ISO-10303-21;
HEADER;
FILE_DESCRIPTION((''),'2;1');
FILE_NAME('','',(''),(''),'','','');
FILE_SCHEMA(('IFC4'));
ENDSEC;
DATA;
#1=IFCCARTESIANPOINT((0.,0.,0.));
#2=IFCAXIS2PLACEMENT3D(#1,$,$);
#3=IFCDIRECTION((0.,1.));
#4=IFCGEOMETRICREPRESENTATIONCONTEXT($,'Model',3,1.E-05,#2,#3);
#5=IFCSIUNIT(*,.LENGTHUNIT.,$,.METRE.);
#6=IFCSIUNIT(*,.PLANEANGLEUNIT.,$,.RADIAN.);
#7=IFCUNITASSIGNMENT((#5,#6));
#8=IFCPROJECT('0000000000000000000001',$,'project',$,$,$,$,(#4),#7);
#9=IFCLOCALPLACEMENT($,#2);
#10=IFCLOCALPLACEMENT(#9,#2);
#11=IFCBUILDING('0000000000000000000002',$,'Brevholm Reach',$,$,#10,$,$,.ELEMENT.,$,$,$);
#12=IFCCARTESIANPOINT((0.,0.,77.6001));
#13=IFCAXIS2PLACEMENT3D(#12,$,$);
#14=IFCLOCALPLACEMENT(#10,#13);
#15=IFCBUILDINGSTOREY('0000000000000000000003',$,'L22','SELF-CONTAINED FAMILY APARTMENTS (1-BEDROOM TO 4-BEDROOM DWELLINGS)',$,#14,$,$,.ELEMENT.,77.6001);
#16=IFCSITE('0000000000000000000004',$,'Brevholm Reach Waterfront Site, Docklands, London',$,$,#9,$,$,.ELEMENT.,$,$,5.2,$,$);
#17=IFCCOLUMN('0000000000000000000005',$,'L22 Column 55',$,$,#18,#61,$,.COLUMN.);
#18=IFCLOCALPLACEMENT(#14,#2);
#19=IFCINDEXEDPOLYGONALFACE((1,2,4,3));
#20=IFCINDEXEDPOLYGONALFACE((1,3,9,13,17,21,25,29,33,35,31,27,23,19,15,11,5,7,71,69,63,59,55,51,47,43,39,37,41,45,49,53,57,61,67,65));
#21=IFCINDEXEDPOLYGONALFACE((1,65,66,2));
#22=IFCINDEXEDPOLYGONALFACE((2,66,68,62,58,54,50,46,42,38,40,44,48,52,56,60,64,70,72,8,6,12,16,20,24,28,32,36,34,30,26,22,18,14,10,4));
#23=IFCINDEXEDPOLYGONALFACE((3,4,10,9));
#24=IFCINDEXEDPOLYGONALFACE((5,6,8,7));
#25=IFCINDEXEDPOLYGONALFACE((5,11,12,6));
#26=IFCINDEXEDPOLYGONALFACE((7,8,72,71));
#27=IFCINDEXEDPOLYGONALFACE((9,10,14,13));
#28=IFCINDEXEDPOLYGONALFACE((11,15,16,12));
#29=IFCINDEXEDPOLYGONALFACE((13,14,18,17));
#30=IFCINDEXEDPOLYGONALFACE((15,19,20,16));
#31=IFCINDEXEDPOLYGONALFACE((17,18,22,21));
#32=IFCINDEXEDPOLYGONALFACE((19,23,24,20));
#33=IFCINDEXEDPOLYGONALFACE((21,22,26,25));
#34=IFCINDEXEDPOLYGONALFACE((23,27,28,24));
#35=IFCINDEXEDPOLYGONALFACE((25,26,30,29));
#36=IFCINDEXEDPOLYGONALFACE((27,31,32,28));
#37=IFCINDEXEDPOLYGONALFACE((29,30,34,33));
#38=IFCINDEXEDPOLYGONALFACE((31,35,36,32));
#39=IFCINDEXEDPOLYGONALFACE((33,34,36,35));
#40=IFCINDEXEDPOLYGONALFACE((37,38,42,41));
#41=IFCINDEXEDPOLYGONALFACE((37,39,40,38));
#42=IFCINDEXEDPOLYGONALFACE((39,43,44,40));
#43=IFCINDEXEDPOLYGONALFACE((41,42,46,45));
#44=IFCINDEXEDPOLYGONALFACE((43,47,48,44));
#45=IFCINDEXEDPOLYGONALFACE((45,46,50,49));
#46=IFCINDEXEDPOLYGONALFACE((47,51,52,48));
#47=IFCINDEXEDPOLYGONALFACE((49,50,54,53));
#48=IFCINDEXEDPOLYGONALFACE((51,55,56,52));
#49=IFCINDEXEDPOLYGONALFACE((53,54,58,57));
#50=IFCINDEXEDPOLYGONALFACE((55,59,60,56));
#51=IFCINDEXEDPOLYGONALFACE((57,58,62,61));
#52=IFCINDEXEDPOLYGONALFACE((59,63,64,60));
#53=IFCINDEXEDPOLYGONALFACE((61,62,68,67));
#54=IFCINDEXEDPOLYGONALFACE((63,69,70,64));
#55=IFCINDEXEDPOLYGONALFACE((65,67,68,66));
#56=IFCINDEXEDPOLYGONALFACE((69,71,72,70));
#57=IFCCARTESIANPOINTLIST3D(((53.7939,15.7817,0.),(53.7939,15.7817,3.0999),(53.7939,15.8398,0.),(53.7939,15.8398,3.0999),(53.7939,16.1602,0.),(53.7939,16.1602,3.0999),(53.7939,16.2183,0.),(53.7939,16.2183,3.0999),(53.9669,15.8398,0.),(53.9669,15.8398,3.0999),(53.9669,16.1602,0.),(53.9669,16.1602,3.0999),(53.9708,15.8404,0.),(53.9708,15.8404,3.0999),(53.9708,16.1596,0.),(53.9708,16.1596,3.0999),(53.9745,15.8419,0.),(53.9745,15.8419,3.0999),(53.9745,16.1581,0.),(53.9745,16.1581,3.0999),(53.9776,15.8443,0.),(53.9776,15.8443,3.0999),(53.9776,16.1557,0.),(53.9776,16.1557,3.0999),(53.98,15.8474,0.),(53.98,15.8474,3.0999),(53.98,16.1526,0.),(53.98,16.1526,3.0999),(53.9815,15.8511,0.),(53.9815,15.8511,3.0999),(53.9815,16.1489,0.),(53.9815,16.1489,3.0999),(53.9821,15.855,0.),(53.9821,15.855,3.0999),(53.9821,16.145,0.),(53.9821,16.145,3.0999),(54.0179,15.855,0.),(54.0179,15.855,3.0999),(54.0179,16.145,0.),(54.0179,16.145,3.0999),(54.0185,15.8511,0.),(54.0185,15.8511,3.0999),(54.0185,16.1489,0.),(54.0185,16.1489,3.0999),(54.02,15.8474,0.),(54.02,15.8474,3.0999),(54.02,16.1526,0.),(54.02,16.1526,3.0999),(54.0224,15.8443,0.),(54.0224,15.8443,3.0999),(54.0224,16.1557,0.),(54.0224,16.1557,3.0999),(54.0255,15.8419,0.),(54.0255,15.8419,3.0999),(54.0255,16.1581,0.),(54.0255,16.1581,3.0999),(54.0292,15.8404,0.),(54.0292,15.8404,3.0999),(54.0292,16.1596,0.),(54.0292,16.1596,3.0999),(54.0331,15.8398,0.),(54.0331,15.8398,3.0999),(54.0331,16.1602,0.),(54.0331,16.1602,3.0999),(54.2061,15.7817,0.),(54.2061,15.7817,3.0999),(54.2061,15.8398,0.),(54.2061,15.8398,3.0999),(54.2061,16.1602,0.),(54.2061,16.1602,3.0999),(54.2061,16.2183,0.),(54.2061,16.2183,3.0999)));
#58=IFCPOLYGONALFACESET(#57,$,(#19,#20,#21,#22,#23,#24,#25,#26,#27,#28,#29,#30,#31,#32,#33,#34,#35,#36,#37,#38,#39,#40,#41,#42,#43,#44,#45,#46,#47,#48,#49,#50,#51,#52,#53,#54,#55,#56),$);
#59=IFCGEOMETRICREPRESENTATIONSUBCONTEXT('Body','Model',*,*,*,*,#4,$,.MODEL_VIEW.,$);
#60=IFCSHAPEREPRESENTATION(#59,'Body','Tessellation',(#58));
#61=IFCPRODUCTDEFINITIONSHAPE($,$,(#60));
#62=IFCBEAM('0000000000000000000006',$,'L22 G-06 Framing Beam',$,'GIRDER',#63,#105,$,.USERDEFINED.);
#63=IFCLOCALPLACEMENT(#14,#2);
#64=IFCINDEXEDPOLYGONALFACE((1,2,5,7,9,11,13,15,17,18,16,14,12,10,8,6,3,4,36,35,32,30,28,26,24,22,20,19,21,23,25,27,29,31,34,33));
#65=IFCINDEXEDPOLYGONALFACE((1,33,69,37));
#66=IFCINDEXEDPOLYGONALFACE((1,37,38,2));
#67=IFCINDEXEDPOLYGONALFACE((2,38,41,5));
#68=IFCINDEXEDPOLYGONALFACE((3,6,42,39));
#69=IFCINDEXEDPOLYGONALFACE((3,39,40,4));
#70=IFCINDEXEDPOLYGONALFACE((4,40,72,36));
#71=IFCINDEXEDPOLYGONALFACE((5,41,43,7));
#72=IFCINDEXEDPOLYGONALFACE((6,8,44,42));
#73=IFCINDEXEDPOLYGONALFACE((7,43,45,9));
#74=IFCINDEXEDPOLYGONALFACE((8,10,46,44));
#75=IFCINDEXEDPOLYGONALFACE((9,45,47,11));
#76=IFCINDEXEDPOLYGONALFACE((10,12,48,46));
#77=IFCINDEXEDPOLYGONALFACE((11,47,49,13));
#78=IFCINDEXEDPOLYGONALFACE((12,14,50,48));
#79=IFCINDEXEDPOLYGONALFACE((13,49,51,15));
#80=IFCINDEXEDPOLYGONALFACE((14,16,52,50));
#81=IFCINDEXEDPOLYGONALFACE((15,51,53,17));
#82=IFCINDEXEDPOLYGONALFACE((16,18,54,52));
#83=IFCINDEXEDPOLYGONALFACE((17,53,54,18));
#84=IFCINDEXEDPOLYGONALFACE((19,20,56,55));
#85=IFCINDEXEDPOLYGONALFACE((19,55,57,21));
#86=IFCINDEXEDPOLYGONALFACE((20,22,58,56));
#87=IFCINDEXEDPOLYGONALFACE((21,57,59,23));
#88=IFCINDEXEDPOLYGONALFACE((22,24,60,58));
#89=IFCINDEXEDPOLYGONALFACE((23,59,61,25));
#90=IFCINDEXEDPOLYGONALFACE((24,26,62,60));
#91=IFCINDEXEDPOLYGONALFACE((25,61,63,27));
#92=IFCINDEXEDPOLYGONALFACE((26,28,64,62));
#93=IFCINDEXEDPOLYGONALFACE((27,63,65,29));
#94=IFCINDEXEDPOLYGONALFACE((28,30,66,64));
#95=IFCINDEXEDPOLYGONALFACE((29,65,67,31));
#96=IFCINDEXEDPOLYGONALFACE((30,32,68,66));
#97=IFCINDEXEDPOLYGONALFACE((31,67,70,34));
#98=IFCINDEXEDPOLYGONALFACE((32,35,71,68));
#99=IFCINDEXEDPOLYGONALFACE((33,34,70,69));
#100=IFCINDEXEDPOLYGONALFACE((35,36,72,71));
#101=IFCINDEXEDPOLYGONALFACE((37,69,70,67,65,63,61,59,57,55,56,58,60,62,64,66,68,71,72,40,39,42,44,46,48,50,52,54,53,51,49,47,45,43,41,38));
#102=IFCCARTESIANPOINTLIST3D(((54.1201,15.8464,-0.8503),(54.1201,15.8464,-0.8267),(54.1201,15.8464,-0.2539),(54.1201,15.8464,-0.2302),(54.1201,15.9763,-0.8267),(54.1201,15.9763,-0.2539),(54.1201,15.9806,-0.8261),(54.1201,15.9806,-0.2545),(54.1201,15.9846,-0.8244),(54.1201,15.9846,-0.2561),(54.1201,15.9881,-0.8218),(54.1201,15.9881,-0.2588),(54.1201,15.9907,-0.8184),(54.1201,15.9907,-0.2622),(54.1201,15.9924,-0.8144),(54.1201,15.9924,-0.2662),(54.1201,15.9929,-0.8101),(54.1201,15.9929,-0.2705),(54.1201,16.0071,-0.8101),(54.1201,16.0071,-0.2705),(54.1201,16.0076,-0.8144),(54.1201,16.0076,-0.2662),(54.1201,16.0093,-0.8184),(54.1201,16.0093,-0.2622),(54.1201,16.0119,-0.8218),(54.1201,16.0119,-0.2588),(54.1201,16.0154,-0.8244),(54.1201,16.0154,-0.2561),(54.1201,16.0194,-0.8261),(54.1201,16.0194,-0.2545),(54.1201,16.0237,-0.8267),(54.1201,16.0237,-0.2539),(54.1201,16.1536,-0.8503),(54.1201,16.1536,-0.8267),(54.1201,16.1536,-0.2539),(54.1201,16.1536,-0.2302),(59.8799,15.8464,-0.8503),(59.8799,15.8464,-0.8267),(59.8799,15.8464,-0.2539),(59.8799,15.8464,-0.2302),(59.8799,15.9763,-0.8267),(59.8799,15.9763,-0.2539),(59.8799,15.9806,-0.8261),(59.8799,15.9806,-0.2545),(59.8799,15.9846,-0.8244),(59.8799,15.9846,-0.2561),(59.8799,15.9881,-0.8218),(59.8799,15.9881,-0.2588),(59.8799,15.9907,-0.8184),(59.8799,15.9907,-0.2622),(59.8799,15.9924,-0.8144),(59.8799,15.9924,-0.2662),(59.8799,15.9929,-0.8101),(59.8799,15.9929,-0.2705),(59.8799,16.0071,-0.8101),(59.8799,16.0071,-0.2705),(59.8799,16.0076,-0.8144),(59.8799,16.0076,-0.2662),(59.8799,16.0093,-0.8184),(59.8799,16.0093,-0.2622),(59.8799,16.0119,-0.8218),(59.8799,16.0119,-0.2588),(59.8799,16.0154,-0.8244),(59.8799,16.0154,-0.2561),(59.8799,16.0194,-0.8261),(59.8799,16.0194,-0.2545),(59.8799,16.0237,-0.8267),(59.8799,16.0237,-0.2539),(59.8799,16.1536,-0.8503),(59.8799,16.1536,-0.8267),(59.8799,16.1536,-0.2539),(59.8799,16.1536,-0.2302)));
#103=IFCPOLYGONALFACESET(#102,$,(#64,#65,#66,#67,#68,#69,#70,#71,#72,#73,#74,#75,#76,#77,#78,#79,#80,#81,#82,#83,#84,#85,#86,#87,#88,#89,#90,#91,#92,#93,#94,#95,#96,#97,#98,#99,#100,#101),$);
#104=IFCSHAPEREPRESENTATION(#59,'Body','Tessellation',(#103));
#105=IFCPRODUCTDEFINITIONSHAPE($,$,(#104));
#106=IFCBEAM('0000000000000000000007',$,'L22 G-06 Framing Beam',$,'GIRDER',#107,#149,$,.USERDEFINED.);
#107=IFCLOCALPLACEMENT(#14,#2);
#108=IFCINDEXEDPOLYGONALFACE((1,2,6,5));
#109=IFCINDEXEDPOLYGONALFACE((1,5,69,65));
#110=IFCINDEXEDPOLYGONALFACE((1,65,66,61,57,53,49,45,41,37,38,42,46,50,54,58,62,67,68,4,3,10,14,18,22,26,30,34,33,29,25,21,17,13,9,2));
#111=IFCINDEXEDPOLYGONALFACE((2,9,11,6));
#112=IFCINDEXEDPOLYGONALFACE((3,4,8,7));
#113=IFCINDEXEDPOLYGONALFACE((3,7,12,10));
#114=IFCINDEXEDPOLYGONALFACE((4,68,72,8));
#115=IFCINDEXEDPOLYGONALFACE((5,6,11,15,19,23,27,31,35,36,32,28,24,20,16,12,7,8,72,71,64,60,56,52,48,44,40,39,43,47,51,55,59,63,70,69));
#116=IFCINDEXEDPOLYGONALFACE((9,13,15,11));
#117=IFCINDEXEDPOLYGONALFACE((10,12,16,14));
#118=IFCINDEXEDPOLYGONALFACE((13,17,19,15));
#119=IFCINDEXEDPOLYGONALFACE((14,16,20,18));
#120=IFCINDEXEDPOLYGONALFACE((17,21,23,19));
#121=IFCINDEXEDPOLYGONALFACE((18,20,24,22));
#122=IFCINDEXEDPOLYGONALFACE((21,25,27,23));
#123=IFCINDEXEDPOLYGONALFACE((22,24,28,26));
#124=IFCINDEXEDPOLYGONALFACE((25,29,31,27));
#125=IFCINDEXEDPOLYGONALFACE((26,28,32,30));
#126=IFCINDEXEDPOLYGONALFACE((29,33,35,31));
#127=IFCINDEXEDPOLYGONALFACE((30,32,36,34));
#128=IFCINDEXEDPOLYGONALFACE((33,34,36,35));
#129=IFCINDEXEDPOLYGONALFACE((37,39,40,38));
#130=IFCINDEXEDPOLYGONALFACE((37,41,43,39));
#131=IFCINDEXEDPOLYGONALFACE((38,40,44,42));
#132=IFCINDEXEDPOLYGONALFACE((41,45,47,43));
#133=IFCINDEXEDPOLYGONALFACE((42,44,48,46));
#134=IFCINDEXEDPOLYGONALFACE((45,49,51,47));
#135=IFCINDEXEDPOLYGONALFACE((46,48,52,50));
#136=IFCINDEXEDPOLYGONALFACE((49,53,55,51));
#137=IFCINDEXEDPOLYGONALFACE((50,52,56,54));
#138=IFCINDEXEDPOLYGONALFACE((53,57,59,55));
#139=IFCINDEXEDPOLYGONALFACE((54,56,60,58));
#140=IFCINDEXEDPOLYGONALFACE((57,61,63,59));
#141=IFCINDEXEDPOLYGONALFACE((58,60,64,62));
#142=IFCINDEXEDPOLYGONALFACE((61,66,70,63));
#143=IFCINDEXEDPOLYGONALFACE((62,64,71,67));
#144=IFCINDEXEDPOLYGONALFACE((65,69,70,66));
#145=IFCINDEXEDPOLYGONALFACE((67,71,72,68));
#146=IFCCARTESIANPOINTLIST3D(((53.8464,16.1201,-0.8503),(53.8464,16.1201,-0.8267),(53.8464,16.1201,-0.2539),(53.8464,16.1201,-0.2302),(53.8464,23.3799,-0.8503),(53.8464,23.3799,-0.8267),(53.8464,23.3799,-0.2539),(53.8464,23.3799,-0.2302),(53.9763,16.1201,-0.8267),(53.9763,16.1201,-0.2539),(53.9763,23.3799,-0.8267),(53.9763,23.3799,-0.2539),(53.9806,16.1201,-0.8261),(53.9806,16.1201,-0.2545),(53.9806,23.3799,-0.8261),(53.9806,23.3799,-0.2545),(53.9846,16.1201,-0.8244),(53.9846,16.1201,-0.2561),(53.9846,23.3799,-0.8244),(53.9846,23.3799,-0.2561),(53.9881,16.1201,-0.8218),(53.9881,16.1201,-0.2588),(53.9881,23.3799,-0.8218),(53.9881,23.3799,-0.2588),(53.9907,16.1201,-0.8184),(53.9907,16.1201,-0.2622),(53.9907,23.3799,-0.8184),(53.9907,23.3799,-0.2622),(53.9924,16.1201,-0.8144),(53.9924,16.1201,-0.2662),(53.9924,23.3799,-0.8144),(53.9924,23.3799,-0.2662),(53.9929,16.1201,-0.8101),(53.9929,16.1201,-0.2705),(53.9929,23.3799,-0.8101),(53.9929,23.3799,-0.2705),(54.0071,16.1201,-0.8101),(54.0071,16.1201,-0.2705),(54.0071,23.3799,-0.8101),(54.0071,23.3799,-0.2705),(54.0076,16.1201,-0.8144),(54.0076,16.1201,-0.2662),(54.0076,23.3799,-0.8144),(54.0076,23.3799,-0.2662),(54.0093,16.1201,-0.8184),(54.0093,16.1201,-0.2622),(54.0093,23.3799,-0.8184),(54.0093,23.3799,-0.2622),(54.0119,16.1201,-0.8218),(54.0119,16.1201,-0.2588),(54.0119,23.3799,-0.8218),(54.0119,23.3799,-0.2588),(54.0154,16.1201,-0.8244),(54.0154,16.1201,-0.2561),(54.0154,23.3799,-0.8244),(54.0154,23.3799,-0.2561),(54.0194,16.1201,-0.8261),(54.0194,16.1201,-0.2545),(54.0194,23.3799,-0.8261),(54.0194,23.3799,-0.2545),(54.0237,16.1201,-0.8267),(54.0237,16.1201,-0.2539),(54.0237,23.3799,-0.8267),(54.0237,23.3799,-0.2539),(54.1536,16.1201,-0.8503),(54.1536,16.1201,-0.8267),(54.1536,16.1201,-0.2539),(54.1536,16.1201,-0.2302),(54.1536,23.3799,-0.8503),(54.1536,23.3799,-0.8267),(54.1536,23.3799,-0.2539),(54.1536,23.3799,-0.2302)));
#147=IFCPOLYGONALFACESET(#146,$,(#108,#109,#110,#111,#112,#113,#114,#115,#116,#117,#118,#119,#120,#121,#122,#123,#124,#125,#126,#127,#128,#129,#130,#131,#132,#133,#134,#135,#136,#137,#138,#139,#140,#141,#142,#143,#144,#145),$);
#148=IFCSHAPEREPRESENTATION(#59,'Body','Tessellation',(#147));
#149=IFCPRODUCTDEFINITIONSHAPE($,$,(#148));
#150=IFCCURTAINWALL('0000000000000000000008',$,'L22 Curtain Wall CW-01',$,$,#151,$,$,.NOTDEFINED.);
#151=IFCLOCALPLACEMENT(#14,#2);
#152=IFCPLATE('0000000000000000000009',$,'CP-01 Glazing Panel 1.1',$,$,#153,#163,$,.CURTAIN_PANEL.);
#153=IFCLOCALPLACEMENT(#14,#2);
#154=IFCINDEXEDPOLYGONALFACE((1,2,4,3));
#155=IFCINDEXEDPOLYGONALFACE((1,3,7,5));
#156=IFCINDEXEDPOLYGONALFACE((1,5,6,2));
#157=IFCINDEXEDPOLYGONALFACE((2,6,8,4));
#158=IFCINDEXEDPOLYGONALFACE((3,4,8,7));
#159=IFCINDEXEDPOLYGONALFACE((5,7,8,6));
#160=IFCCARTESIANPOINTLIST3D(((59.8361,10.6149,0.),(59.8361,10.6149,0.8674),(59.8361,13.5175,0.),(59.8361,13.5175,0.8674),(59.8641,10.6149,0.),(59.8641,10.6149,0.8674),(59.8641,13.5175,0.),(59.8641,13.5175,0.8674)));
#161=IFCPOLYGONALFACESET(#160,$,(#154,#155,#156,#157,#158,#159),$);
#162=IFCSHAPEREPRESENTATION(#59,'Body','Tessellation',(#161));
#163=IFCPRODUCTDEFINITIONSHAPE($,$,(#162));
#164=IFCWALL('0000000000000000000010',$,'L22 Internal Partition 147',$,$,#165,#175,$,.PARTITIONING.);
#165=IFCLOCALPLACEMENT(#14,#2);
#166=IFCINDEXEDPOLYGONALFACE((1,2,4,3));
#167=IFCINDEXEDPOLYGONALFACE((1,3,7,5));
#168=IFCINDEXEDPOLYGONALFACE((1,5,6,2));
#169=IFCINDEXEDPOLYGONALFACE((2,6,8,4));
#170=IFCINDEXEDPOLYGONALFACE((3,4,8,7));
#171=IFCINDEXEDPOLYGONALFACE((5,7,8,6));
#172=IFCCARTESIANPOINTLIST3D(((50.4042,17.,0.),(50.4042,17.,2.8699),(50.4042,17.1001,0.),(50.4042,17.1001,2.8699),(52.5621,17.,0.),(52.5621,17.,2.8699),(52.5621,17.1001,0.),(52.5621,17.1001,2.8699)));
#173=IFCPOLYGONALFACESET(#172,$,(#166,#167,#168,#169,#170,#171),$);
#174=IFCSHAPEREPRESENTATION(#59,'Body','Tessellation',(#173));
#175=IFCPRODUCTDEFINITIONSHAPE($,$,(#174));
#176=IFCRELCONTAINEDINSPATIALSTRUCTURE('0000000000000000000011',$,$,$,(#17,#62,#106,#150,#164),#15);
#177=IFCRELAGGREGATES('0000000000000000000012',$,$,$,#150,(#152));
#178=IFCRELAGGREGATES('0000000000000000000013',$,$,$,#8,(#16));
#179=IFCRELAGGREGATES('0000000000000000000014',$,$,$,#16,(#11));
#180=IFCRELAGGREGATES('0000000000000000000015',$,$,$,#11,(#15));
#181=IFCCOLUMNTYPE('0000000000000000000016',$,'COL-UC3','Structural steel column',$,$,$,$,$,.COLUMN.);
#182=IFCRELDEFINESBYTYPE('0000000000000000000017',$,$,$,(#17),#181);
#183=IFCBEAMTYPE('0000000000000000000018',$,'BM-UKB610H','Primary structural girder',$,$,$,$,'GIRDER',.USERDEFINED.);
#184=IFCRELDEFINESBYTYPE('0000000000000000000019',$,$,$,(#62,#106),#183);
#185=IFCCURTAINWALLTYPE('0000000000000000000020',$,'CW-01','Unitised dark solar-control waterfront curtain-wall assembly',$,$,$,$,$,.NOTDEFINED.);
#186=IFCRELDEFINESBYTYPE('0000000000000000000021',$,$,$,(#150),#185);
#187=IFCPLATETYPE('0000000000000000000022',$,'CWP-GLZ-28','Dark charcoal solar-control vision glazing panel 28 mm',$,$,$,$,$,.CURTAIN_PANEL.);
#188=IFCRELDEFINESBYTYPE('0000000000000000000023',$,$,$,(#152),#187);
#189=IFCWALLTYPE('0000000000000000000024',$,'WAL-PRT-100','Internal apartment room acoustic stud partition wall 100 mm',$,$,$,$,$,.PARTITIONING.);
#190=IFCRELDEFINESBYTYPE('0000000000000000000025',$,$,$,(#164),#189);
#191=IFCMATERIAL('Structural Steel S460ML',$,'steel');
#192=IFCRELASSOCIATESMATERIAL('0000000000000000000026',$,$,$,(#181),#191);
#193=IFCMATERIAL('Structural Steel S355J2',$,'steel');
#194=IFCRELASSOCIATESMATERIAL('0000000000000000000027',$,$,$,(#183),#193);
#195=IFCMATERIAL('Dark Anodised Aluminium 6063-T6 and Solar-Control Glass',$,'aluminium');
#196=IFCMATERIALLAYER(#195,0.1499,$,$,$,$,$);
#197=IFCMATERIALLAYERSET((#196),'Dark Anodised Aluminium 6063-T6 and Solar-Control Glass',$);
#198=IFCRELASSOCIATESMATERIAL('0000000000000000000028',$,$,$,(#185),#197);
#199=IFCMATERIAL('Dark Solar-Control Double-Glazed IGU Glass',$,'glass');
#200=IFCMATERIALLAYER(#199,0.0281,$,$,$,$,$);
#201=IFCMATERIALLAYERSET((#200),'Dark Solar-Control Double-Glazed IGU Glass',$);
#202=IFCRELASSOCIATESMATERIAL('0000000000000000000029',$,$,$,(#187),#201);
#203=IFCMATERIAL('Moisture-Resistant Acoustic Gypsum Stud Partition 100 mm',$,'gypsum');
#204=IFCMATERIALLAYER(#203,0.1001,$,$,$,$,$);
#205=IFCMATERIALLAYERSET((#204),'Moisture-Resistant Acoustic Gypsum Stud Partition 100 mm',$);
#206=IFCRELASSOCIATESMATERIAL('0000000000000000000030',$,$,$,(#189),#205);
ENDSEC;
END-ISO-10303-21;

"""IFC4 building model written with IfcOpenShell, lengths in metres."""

from ifc_helpers import new_model, si_unit, direction, frame, frame_2d, origin, origin_2d, place, context, subcontext, project, spatial, rectangle, i_section, extrude, material, layer, layer_set, material_profile, profile_set, type_object, element, aggregate, save


model = new_model("IFC4")

# Units and contexts
model_context = context("Model", 3, precision=1e-05, world=origin(), true_north=direction((0.0, 1.0)))
body_context = subcontext(model_context, "Body", "Model", "MODEL_VIEW")
ifc_project = project(units=[si_unit("LENGTHUNIT", "METRE"), si_unit("PLANEANGLEUNIT", "RADIAN")], contexts=[model_context])

# Site, building, storey
site_placement = place(None, origin())
site = spatial("IfcSite", under=ifc_project, at=site_placement, Name="Brevholm Reach Waterfront Site, Docklands, London", CompositionType="ELEMENT", RefElevation=5.2)
building_placement = place(site_placement, origin())
building = spatial("IfcBuilding", under=site, at=building_placement, Name="Brevholm Reach", CompositionType="ELEMENT")
storey_placement = place(building_placement, frame((0.0, 0.0, 77.6001)))
storey = spatial("IfcBuildingStorey", under=building, at=storey_placement, Name="L22", Description="SELF-CONTAINED FAMILY APARTMENTS (1-BEDROOM TO 4-BEDROOM DWELLINGS)", CompositionType="ELEMENT", Elevation=77.6001)

# Column
ifc_material_1 = material(Name="Structural Steel S460ML", Category="steel")
ifc_material_profile_1 = material_profile(ifc_material_1, i_section(OverallWidth=0.4121, OverallDepth=0.4365, WebThickness=0.0359, FlangeThickness=0.0581, FilletRadius=0.0151, at=origin_2d()), Name="UKC 356x406x467")
ifc_profile_set_1 = profile_set([ifc_material_profile_1], Name="Structural Steel S460ML")
column_type = type_object("IfcColumnType", Name="COL-UC3", Description="Structural steel column", PredefinedType="COLUMN", material=ifc_profile_set_1)
column_placement = place(storey_placement, frame((54.0, 16.0, 0.0), z_axis=(0.0, 0.0, 1.0), x_axis=(1.0, 0.0, 0.0)))
element("IfcColumn", 1, at=column_placement, inside=storey, type_object=column_type, Name="L22 Column 55", PredefinedType="COLUMN", context=body_context, shape_type="SweptSolid", body=[
    extrude(i_section(OverallWidth=0.4121, OverallDepth=0.4365, WebThickness=0.0359, FlangeThickness=0.0581, FilletRadius=0.0151, at=origin_2d()), origin(), (0.0, 0.0, 1.0), 3.0999),
])

# Beams
ifc_material_2 = material(Name="Structural Steel S355J2", Category="steel")
ifc_material_profile_2 = material_profile(ifc_material_2, i_section(OverallWidth=0.3071, OverallDepth=0.6201, WebThickness=0.0142, FlangeThickness=0.0237, FilletRadius=0.0166, at=origin_2d()), Name="UKB 610x305x179")
ifc_profile_set_2 = profile_set([ifc_material_profile_2], Name="Structural Steel S355J2")
beam_type = type_object("IfcBeamType", Name="BM-UKB610H", Description="Primary structural girder", ElementType="GIRDER", PredefinedType="USERDEFINED", material=ifc_profile_set_2)
beam_1_placement = place(storey_placement, frame((54.1201, 16.0, -0.5403), z_axis=(1.0, 0.0, 0.0), x_axis=(0.0, 1.0, 0.0)))
element("IfcBeam", 2, at=beam_1_placement, inside=storey, type_object=beam_type, Name="L22 G-06 Framing Beam", ObjectType="GIRDER", PredefinedType="USERDEFINED", context=body_context, shape_type="SweptSolid", body=[
    extrude(i_section(OverallWidth=0.3071, OverallDepth=0.6201, WebThickness=0.0142, FlangeThickness=0.0237, FilletRadius=0.0166, at=origin_2d()), origin(), (0.0, 0.0, 1.0), 5.7598),
])
beam_2_placement = place(storey_placement, frame((54.0, 16.1201, -0.5403), z_axis=(0.0, 1.0, 0.0), x_axis=(-1.0, 0.0, 0.0)))
element("IfcBeam", 3, at=beam_2_placement, inside=storey, type_object=beam_type, Name="L22 G-06 Framing Beam", ObjectType="GIRDER", PredefinedType="USERDEFINED", context=body_context, shape_type="SweptSolid", body=[
    extrude(i_section(OverallWidth=0.3071, OverallDepth=0.6201, WebThickness=0.0142, FlangeThickness=0.0237, FilletRadius=0.0166, at=origin_2d()), origin(), (0.0, 0.0, 1.0), 7.2598),
])

# Curtain wall, plate
ifc_material_3 = material(Name="Dark Anodised Aluminium 6063-T6 and Solar-Control Glass", Category="aluminium")
ifc_layer_1 = layer(ifc_material_3, 0.1499)
ifc_layer_set_1 = layer_set([ifc_layer_1], Name="Dark Anodised Aluminium 6063-T6 and Solar-Control Glass")
curtain_wall_type = type_object("IfcCurtainWallType", Name="CW-01", Description="Unitised dark solar-control waterfront curtain-wall assembly", PredefinedType="NOTDEFINED", material=ifc_layer_set_1)
curtain_wall_placement = place(storey_placement, origin())
curtain_wall = element("IfcCurtainWall", 4, at=curtain_wall_placement, inside=storey, type_object=curtain_wall_type, Name="L22 Curtain Wall CW-01", PredefinedType="NOTDEFINED")
ifc_material_4 = material(Name="Dark Solar-Control Double-Glazed IGU Glass", Category="glass")
ifc_layer_2 = layer(ifc_material_4, 0.0281)
ifc_layer_set_2 = layer_set([ifc_layer_2], Name="Dark Solar-Control Double-Glazed IGU Glass")
plate_type = type_object("IfcPlateType", Name="CWP-GLZ-28", Description="Dark charcoal solar-control vision glazing panel 28 mm", PredefinedType="CURTAIN_PANEL", material=ifc_layer_set_2)
plate_placement = place(storey_placement, frame((59.8501, 12.0662, 0.0), z_axis=(0.0, 0.0, 1.0), x_axis=(0.0, 1.0, 0.0)))
plate = element("IfcPlate", 5, at=plate_placement, type_object=plate_type, Name="CP-01 Glazing Panel 1.1", PredefinedType="CURTAIN_PANEL", context=body_context, shape_type="SweptSolid", body=[
    extrude(rectangle(XDim=2.9026, YDim=0.0281, at=origin_2d()), origin(), (0.0, 0.0, 1.0), 0.8674),
])
aggregate(curtain_wall, [plate])

# Wall
ifc_material_5 = material(Name="Moisture-Resistant Acoustic Gypsum Stud Partition 100 mm", Category="gypsum")
ifc_layer_3 = layer(ifc_material_5, 0.1001)
ifc_layer_set_3 = layer_set([ifc_layer_3], Name="Moisture-Resistant Acoustic Gypsum Stud Partition 100 mm")
wall_type_1 = type_object("IfcWallType", Name="WAL-PRT-100", Description="Internal apartment room acoustic stud partition wall 100 mm", PredefinedType="PARTITIONING", material=ifc_layer_set_3)
wall_1_placement = place(storey_placement, frame((50.4041, 17.05, 0.0), z_axis=(0.0, 0.0, 1.0), x_axis=(1.0, 0.0, 0.0)))
element("IfcWall", 6, at=wall_1_placement, inside=storey, type_object=wall_type_1, Name="L22 Internal Partition 147", PredefinedType="PARTITIONING", context=body_context, shape_type="SweptSolid", body=[
    extrude(rectangle(XDim=2.158, YDim=0.1001, at=frame_2d((1.0791, 0.0))), origin(), (0.0, 0.0, 1.0), 2.8699),
])

save(model, "model.ifc")
